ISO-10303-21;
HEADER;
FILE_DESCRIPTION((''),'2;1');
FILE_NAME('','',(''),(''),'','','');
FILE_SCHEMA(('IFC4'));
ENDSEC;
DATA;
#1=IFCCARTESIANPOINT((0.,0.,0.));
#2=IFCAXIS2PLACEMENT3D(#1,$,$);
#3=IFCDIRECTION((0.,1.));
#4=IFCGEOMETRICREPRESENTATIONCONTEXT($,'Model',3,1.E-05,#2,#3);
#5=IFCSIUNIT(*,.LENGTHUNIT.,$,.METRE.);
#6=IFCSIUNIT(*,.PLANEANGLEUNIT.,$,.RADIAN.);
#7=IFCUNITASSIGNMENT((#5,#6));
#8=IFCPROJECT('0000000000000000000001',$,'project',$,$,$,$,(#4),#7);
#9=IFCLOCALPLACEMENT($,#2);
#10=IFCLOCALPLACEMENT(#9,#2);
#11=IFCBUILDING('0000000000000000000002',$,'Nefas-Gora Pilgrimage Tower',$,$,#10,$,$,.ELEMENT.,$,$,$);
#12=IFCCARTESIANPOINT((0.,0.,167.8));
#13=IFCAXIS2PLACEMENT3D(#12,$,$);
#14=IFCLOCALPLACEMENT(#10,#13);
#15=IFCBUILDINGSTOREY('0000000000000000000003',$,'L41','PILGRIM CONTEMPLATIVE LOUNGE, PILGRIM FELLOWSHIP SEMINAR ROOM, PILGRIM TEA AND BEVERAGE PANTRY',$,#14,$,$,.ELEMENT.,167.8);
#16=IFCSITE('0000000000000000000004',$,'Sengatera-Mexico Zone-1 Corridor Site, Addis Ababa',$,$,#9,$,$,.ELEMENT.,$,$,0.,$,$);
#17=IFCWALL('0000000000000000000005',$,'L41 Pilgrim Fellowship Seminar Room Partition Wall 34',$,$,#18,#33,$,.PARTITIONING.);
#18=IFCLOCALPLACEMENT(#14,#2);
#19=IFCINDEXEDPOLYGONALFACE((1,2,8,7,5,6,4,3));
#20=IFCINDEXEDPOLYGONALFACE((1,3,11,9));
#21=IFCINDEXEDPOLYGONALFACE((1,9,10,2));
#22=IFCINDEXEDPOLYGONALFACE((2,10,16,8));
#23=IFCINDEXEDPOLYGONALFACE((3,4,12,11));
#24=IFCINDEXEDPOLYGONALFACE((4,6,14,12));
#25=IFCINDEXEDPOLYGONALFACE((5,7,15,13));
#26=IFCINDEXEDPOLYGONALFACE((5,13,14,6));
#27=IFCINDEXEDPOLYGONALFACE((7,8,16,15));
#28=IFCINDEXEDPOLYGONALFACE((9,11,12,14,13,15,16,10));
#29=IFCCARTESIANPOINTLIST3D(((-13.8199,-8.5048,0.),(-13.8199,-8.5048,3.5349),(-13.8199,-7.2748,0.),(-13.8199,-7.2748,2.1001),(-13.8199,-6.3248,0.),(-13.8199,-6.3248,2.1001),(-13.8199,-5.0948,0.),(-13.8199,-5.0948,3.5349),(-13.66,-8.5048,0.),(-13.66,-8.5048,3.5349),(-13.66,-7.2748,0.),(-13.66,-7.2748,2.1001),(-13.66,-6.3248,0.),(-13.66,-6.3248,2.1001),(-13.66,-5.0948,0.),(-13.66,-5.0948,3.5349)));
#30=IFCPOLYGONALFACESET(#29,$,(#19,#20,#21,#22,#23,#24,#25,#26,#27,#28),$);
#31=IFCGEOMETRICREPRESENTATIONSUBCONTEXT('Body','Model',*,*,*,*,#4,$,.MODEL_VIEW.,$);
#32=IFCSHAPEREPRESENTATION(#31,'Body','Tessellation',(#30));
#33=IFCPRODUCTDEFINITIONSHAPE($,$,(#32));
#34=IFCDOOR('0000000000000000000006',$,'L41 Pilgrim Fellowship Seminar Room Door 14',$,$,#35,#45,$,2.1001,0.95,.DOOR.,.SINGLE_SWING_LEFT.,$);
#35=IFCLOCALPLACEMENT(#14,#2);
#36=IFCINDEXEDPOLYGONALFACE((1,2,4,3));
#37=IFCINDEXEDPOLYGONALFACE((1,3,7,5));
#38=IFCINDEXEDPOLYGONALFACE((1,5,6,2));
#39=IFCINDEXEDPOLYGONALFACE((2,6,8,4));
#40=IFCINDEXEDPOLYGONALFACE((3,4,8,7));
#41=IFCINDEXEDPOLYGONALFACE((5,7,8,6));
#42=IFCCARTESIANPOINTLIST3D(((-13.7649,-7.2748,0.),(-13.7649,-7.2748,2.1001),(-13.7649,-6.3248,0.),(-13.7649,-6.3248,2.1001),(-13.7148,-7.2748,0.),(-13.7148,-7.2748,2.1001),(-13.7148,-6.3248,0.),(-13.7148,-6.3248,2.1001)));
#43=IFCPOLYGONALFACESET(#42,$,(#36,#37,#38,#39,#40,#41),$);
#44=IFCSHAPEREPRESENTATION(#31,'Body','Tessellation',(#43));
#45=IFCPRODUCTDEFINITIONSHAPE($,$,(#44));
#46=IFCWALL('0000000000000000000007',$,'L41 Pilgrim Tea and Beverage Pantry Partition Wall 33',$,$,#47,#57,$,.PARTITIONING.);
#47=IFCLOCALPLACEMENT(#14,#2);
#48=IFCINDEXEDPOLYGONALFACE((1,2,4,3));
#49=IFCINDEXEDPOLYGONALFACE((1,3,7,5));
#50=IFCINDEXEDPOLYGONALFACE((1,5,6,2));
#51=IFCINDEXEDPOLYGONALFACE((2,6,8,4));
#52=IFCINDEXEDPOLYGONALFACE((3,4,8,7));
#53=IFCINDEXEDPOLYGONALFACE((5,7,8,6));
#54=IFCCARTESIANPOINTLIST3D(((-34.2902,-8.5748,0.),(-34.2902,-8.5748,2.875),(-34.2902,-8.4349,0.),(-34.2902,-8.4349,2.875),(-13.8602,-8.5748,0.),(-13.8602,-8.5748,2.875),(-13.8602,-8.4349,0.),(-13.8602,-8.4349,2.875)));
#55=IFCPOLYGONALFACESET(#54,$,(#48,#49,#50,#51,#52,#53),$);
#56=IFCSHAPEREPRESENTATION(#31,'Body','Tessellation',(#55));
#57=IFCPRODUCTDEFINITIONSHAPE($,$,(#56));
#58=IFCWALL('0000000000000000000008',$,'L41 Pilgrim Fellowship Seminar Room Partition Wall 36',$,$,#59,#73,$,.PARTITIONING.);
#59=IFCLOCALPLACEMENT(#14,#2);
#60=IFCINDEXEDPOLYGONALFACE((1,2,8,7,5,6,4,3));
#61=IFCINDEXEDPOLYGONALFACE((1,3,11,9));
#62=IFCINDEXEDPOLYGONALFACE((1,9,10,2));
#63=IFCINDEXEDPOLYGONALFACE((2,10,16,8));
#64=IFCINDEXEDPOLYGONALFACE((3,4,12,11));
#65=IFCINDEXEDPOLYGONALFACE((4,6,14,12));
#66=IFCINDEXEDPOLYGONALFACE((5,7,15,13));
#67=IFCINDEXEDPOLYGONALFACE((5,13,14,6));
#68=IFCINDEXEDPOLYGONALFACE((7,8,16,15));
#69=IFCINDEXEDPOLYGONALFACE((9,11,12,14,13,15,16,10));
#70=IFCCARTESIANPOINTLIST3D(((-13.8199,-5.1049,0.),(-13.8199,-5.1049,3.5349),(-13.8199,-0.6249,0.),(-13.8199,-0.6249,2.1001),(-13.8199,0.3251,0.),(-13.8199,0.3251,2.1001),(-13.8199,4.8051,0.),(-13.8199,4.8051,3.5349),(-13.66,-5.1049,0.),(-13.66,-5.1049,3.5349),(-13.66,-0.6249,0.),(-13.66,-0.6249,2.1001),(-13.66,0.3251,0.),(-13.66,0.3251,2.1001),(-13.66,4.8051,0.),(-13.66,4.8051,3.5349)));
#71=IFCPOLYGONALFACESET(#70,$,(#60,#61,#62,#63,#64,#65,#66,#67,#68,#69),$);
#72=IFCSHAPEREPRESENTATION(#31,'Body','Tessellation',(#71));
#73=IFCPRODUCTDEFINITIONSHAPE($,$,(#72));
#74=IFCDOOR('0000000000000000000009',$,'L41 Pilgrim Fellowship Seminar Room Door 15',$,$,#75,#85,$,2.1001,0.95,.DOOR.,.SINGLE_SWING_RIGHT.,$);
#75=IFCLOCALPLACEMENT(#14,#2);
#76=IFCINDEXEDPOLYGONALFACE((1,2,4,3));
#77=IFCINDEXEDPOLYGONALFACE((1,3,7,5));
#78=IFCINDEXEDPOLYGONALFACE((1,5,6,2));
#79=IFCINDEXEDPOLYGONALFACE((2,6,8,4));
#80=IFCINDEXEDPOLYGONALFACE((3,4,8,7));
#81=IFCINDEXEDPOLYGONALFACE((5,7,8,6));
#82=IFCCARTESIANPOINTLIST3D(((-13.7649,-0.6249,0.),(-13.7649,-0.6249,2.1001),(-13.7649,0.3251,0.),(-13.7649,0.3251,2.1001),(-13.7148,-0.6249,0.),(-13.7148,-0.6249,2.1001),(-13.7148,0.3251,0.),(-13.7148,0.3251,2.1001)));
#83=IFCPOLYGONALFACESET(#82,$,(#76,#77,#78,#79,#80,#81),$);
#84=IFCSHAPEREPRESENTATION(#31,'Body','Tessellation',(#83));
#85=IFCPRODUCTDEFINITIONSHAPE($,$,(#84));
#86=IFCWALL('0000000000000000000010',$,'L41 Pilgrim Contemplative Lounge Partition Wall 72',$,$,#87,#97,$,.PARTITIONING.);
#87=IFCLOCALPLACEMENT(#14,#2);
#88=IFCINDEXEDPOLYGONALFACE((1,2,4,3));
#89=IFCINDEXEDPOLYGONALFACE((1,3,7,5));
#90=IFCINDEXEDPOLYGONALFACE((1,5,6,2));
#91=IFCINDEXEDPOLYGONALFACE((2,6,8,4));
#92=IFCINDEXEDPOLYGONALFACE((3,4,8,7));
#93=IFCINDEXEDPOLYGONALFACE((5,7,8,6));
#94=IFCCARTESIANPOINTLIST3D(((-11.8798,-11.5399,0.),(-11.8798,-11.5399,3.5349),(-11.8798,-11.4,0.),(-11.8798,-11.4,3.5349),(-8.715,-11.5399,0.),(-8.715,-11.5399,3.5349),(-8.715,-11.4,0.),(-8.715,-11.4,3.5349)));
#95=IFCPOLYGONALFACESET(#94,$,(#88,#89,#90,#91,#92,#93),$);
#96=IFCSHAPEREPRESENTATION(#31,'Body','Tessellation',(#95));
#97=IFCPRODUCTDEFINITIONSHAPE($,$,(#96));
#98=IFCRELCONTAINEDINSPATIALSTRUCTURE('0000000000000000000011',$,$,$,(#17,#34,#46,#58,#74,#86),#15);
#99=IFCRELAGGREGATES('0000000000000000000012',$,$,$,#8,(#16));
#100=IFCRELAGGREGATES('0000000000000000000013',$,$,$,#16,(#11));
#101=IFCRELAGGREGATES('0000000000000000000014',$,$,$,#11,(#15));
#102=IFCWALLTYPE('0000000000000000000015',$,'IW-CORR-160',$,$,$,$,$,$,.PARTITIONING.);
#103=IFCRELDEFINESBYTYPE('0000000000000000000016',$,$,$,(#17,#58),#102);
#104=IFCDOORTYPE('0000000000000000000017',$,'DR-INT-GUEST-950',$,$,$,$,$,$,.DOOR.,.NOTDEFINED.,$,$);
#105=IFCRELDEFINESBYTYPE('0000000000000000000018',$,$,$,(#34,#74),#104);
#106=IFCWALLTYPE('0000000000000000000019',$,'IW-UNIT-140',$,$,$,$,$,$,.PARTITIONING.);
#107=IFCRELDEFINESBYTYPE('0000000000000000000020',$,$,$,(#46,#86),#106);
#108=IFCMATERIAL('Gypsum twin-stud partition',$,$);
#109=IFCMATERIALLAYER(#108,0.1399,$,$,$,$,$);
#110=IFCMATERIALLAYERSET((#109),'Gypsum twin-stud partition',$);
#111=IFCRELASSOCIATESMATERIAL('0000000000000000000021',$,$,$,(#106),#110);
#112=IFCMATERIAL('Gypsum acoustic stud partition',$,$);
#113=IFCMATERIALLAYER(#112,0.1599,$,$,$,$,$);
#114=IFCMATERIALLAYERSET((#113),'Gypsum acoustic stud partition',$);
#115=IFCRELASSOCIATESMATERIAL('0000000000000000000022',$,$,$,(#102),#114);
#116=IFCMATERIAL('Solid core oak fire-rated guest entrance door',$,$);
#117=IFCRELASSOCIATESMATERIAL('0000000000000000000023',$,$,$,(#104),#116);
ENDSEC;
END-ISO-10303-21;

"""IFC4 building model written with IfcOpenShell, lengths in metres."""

from ifc_helpers import new_model, si_unit, direction, frame, frame_2d, origin, place, context, subcontext, project, spatial, rectangle, extrude, source, transform, mapped, material, layer, layer_set, type_object, element, fill, save


model = new_model("IFC4")

# Units and contexts
model_context = context("Model", 3, precision=1e-05, world=origin(), true_north=direction((0.0, 1.0)))
body_context = subcontext(model_context, "Body", "Model", "MODEL_VIEW")
ifc_project = project(units=[si_unit("LENGTHUNIT", "METRE"), si_unit("PLANEANGLEUNIT", "RADIAN")], contexts=[model_context])

# Site, building, storey
site_placement = place(None, origin())
site = spatial("IfcSite", under=ifc_project, at=site_placement, Name="Sengatera-Mexico Zone-1 Corridor Site, Addis Ababa", CompositionType="ELEMENT", RefElevation=0.0)
building_placement = place(site_placement, origin())
building = spatial("IfcBuilding", under=site, at=building_placement, Name="Nefas-Gora Pilgrimage Tower", CompositionType="ELEMENT")
storey_placement = place(building_placement, frame((0.0, 0.0, 167.8)))
storey = spatial("IfcBuildingStorey", under=building, at=storey_placement, Name="L41", Description="PILGRIM CONTEMPLATIVE LOUNGE, PILGRIM FELLOWSHIP SEMINAR ROOM, PILGRIM TEA AND BEVERAGE PANTRY", CompositionType="ELEMENT", Elevation=167.8)

# Shared definitions
ifc_material_1 = material(Name="Gypsum twin-stud partition")
ifc_layer_1 = layer(ifc_material_1, 0.1399)
ifc_layer_set_1 = layer_set([ifc_layer_1], Name="Gypsum twin-stud partition")
wall_type_1 = type_object("IfcWallType", Name="IW-UNIT-140", PredefinedType="PARTITIONING", material=ifc_layer_set_1)

# Wall, opening, door
ifc_material_2 = material(Name="Gypsum acoustic stud partition")
ifc_layer_2 = layer(ifc_material_2, 0.1599)
ifc_layer_set_2 = layer_set([ifc_layer_2], Name="Gypsum acoustic stud partition")
wall_type_2 = type_object("IfcWallType", Name="IW-CORR-160", PredefinedType="PARTITIONING", material=ifc_layer_set_2)
shared_shape_1 = source(origin(), body_context, "Body", "SweptSolid", [
    extrude(rectangle(XDim=3.4099, YDim=0.1599, at=frame_2d((1.7051, 0.0))), origin(), (0.0, 0.0, 1.0), 3.5349),
])
wall_1_placement = place(storey_placement, frame((-13.74, -8.5049, 0.0), z_axis=(0.0, 0.0, 1.0), x_axis=(0.0, 1.0, 0.0)))
wall_1 = element("IfcWall", 1, at=wall_1_placement, inside=storey, type_object=wall_type_2, Name="L41 Pilgrim Fellowship Seminar Room Partition Wall 34", PredefinedType="PARTITIONING", context=body_context, shape_type="MappedRepresentation", body=[
    mapped(shared_shape_1, transform((0.0, 0.0, 0.0), x_axis=(1.0, 0.0, 0.0), y_axis=(0.0, 1.0, 0.0), z_axis=(0.0, 0.0, 1.0), scale=1.0)),
])
opening_1_placement = place(wall_1_placement, frame((1.23, 0.0, 0.0)))
opening_1 = element("IfcOpeningElement", 2, at=opening_1_placement, cuts=wall_1, PredefinedType="OPENING", context=body_context, shape_type="SweptSolid", body=[
    extrude(rectangle(XDim=0.95, YDim=2.1001, at=frame_2d((0.4751, 1.05))), frame((0.0, 0.0898, 0.0), z_axis=(0.0, -1.0, 0.0), x_axis=(1.0, 0.0, 0.0)), (0.0, 0.0, 1.0), 0.1799),
])
ifc_material_3 = material(Name="Solid core oak fire-rated guest entrance door")
door_type = type_object("IfcDoorType", Name="DR-INT-GUEST-950", OperationType="NOTDEFINED", PredefinedType="DOOR", material=ifc_material_3)
shared_shape_2 = source(origin(), body_context, "Body", "SweptSolid", [
    extrude(rectangle(XDim=0.95, YDim=2.1001, at=frame_2d((0.4751, 1.05))), frame((0.0, 0.0249, 0.0), z_axis=(0.0, -1.0, 0.0), x_axis=(1.0, 0.0, 0.0)), (0.0, 0.0, 1.0), 0.05),
])
door_1_placement = place(opening_1_placement, origin())
door_1 = element("IfcDoor", 3, at=door_1_placement, inside=storey, type_object=door_type, Name="L41 Pilgrim Fellowship Seminar Room Door 14", OperationType="SINGLE_SWING_LEFT", OverallHeight=2.1001, OverallWidth=0.95, PredefinedType="DOOR", context=body_context, shape_type="MappedRepresentation", body=[
    mapped(shared_shape_2, transform((0.0, 0.0, 0.0), x_axis=(1.0, 0.0, 0.0), y_axis=(0.0, 1.0, 0.0), z_axis=(0.0, 0.0, 1.0), scale=1.0)),
])
fill(opening_1, door_1)

# Wall
shared_shape_3 = source(origin(), body_context, "Body", "SweptSolid", [
    extrude(rectangle(XDim=20.4299, YDim=0.1399, at=frame_2d((10.2148, 0.0))), origin(), (0.0, 0.0, 1.0), 2.875),
])
wall_2_placement = place(storey_placement, frame((-34.29, -8.5049, 0.0), z_axis=(0.0, 0.0, 1.0), x_axis=(1.0, 0.0, 0.0)))
element("IfcWall", 4, at=wall_2_placement, inside=storey, type_object=wall_type_1, Name="L41 Pilgrim Tea and Beverage Pantry Partition Wall 33", PredefinedType="PARTITIONING", context=body_context, shape_type="MappedRepresentation", body=[
    mapped(shared_shape_3, transform((0.0, 0.0, 0.0), x_axis=(1.0, 0.0, 0.0), y_axis=(0.0, 1.0, 0.0), z_axis=(0.0, 0.0, 1.0), scale=1.0)),
])

# Wall, opening, door
shared_shape_4 = source(origin(), body_context, "Body", "SweptSolid", [
    extrude(rectangle(XDim=9.9099, YDim=0.1599, at=frame_2d((4.9551, 0.0))), origin(), (0.0, 0.0, 1.0), 3.5349),
])
wall_3_placement = place(storey_placement, frame((-13.74, -5.105, 0.0), z_axis=(0.0, 0.0, 1.0), x_axis=(0.0, 1.0, 0.0)))
wall_3 = element("IfcWall", 5, at=wall_3_placement, inside=storey, type_object=wall_type_2, Name="L41 Pilgrim Fellowship Seminar Room Partition Wall 36", PredefinedType="PARTITIONING", context=body_context, shape_type="MappedRepresentation", body=[
    mapped(shared_shape_4, transform((0.0, 0.0, 0.0), x_axis=(1.0, 0.0, 0.0), y_axis=(0.0, 1.0, 0.0), z_axis=(0.0, 0.0, 1.0), scale=1.0)),
])
opening_2_placement = place(wall_3_placement, frame((4.48, 0.0, 0.0)))
opening_2 = element("IfcOpeningElement", 6, at=opening_2_placement, cuts=wall_3, PredefinedType="OPENING", context=body_context, shape_type="SweptSolid", body=[
    extrude(rectangle(XDim=0.95, YDim=2.1001, at=frame_2d((0.4751, 1.05))), frame((0.0, 0.0898, 0.0), z_axis=(0.0, -1.0, 0.0), x_axis=(1.0, 0.0, 0.0)), (0.0, 0.0, 1.0), 0.1799),
])
door_2_placement = place(opening_2_placement, origin())
door_2 = element("IfcDoor", 7, at=door_2_placement, inside=storey, type_object=door_type, Name="L41 Pilgrim Fellowship Seminar Room Door 15", OperationType="SINGLE_SWING_RIGHT", OverallHeight=2.1001, OverallWidth=0.95, PredefinedType="DOOR", context=body_context, shape_type="MappedRepresentation", body=[
    mapped(shared_shape_2, transform((0.0, 0.0, 0.0), x_axis=(1.0, 0.0, 0.0), y_axis=(0.0, 1.0, 0.0), z_axis=(0.0, 0.0, 1.0), scale=1.0)),
])
fill(opening_2, door_2)

# Wall
shared_shape_5 = source(origin(), body_context, "Body", "SweptSolid", [
    extrude(rectangle(XDim=3.1648, YDim=0.1399, at=frame_2d((1.5825, 0.0))), origin(), (0.0, 0.0, 1.0), 3.5349),
])
wall_4_placement = place(storey_placement, frame((-11.8799, -11.47, 0.0), z_axis=(0.0, 0.0, 1.0), x_axis=(1.0, 0.0, 0.0)))
element("IfcWall", 8, at=wall_4_placement, inside=storey, type_object=wall_type_1, Name="L41 Pilgrim Contemplative Lounge Partition Wall 72", PredefinedType="PARTITIONING", context=body_context, shape_type="MappedRepresentation", body=[
    mapped(shared_shape_5, transform((0.0, 0.0, 0.0), x_axis=(1.0, 0.0, 0.0), y_axis=(0.0, 1.0, 0.0), z_axis=(0.0, 0.0, 1.0), scale=1.0)),
])

save(model, "model.ifc")
